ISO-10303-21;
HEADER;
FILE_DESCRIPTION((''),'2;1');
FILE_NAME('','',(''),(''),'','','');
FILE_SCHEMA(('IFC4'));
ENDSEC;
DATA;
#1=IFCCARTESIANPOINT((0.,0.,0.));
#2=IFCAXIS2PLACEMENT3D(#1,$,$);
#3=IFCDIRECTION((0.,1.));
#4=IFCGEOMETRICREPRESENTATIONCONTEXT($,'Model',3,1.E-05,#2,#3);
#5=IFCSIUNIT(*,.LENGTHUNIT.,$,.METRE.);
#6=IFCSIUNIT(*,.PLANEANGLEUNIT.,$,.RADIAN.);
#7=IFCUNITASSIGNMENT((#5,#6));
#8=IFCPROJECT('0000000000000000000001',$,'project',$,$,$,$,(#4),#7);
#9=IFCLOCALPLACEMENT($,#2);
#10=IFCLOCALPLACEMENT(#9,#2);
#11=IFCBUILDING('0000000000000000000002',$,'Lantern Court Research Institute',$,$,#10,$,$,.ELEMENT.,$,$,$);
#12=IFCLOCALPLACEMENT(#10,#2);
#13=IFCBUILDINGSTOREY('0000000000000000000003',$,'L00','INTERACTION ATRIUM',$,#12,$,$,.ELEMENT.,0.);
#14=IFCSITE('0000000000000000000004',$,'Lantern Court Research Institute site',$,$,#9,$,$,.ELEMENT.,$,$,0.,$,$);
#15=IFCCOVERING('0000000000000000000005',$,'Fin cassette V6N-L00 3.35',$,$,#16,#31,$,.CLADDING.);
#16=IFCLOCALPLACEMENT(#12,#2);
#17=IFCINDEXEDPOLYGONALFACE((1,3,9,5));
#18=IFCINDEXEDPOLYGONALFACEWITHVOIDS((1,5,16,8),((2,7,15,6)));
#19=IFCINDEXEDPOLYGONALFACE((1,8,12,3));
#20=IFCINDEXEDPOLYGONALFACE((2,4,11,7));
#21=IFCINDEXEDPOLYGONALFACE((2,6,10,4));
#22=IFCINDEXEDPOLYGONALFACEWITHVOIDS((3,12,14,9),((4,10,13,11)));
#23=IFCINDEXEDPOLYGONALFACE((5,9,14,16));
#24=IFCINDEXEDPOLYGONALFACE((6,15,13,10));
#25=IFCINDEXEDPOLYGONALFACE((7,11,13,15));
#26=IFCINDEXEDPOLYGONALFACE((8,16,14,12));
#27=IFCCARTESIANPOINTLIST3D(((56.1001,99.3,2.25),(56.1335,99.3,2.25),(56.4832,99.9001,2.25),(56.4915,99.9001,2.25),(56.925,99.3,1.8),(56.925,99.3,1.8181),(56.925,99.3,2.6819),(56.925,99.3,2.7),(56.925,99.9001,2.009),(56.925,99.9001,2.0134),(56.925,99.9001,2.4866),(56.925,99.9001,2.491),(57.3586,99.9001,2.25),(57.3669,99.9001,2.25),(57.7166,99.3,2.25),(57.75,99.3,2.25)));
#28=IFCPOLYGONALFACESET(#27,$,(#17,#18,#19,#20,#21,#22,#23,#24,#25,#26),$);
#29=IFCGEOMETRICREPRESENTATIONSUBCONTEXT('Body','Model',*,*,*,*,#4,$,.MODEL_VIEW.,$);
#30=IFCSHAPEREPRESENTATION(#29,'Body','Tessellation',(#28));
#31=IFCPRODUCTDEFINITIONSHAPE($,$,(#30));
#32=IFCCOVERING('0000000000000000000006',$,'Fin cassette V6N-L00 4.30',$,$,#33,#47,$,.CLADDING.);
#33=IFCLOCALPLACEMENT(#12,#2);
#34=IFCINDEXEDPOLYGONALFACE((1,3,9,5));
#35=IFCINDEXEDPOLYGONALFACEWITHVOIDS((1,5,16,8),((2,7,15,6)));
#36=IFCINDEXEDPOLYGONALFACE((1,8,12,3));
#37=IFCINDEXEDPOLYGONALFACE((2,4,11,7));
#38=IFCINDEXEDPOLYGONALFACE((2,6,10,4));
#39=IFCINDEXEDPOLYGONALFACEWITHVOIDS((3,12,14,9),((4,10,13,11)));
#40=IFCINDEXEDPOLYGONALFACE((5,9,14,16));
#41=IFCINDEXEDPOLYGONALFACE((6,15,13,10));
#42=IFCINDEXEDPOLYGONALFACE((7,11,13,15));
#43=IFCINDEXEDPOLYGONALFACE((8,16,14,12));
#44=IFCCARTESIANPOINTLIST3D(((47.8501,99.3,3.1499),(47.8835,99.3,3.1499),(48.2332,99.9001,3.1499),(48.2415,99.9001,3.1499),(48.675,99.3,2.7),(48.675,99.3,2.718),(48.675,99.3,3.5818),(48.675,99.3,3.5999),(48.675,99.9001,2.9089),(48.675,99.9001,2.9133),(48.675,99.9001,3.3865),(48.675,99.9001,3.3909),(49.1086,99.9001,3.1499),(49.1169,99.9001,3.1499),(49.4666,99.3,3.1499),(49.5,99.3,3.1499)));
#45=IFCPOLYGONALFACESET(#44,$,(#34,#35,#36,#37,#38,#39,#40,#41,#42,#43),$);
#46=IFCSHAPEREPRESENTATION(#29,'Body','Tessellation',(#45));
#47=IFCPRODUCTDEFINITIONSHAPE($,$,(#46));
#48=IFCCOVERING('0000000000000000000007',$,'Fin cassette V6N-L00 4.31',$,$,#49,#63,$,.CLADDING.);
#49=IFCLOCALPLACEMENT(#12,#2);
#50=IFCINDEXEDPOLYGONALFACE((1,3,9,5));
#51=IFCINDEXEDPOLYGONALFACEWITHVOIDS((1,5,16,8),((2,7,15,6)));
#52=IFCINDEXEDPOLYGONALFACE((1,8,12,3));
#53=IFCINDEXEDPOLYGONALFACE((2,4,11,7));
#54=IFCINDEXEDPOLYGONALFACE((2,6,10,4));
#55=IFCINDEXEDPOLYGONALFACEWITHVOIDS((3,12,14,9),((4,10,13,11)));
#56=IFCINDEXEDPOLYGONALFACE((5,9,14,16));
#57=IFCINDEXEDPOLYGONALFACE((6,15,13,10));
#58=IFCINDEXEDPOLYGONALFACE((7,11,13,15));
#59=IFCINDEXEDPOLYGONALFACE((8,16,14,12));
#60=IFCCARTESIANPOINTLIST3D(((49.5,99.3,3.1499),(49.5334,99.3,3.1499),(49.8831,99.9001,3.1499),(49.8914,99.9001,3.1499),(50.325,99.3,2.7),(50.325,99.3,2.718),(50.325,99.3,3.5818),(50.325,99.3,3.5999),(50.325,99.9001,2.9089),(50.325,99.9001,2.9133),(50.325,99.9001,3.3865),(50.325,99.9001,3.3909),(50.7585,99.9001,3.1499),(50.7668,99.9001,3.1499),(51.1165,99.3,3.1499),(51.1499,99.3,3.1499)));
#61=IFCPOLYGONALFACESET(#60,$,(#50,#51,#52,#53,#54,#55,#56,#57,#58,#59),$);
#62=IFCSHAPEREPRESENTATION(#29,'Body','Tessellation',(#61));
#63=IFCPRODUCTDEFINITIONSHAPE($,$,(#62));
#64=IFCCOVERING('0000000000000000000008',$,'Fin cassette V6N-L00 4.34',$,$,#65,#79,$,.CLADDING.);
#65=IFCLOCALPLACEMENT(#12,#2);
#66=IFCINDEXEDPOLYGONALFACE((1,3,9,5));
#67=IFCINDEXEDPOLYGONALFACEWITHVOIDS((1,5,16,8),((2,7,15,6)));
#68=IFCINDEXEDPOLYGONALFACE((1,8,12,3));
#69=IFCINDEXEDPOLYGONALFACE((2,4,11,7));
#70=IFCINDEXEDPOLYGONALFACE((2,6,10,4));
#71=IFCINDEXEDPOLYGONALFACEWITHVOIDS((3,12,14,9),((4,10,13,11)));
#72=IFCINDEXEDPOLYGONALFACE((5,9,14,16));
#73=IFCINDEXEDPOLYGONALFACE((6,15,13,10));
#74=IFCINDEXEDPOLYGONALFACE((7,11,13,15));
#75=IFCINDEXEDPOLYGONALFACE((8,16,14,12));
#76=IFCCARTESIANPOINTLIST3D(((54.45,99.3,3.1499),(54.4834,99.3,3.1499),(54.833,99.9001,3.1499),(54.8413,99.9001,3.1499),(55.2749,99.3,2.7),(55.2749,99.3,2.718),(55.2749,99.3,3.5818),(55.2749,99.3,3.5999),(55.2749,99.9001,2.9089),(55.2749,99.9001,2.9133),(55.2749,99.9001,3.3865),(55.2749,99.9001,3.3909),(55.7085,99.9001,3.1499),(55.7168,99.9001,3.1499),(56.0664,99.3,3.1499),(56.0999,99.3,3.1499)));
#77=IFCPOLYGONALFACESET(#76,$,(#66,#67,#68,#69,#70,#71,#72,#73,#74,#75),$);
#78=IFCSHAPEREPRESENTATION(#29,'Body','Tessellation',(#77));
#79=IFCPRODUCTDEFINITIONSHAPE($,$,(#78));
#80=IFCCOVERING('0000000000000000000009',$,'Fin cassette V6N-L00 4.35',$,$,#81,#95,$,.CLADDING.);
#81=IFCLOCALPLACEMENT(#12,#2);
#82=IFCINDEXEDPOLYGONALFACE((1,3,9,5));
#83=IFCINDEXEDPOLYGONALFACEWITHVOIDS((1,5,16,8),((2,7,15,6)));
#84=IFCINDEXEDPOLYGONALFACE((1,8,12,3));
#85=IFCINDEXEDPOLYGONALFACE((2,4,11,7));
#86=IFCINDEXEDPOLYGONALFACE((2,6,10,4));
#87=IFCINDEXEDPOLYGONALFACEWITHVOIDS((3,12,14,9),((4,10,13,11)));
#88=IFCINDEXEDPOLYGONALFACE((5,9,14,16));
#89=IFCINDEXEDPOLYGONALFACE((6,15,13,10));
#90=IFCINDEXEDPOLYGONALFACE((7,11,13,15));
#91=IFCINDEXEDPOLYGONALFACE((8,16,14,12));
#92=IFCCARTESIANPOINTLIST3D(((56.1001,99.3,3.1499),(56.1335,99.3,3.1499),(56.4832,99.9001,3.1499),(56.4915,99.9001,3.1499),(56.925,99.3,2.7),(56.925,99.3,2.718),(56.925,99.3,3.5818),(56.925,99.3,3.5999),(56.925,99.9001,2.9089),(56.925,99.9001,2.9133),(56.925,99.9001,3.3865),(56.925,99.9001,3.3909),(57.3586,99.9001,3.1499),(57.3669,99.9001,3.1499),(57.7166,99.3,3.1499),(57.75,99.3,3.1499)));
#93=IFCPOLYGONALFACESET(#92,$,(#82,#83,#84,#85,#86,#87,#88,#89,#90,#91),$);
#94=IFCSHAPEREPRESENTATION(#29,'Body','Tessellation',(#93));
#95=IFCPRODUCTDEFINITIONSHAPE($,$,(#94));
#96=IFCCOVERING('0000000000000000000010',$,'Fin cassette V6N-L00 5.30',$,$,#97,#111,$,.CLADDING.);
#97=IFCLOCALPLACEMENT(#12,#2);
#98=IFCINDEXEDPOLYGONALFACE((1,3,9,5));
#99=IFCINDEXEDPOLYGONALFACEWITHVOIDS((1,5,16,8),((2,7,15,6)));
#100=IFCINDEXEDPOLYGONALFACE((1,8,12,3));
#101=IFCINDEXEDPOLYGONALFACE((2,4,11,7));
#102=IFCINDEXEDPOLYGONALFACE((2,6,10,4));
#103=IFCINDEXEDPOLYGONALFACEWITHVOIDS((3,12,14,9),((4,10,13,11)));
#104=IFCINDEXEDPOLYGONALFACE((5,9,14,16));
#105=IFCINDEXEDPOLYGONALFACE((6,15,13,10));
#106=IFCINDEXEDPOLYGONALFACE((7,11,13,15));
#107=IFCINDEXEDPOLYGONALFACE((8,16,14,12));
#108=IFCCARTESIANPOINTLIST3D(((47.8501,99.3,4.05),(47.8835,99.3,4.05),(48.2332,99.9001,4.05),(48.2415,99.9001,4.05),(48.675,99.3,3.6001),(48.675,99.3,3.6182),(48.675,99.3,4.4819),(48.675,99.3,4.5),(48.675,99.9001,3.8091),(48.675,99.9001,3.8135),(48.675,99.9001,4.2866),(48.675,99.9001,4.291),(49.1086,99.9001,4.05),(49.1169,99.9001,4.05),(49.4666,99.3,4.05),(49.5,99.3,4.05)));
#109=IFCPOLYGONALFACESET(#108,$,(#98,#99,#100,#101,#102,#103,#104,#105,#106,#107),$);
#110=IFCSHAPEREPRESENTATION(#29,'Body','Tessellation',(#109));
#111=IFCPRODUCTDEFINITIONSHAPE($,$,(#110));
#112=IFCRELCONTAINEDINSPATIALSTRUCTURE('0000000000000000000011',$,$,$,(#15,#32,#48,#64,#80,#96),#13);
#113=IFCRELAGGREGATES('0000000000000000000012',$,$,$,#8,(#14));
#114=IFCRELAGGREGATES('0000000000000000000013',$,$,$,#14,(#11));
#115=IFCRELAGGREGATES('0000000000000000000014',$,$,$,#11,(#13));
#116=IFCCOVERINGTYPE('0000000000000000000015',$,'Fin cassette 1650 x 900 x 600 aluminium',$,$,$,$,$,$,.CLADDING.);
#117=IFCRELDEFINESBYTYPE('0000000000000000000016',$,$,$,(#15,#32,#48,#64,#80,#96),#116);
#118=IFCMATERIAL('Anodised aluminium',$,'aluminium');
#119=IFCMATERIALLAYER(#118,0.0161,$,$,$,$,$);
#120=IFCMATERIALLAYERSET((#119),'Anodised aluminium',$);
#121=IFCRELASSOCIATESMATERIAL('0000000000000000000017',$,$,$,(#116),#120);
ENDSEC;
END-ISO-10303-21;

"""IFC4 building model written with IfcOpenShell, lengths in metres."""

from ifc_helpers import new_model, entity, si_unit, direction, frame, origin, place, context, subcontext, project, spatial, material, layer, layer_set, type_object, element, save


model = new_model("IFC4")

# Units and contexts
model_context = context("Model", 3, precision=1e-05, world=origin(), true_north=direction((0.0, 1.0)))
body_context = subcontext(model_context, "Body", "Model", "MODEL_VIEW")
ifc_project = project(units=[si_unit("LENGTHUNIT", "METRE"), si_unit("PLANEANGLEUNIT", "RADIAN")], contexts=[model_context])

# Site, building, storey
site_placement = place(None, origin())
site = spatial("IfcSite", under=ifc_project, at=site_placement, Name="Lantern Court Research Institute site", CompositionType="ELEMENT", RefElevation=0.0)
building_placement = place(site_placement, origin())
building = spatial("IfcBuilding", under=site, at=building_placement, Name="Lantern Court Research Institute", CompositionType="ELEMENT")
storey_placement = place(building_placement, origin())
storey = spatial("IfcBuildingStorey", under=building, at=storey_placement, Name="L00", Description="INTERACTION ATRIUM", CompositionType="ELEMENT", Elevation=0.0)

# Coverings
ifc_material_1 = material(Name="Anodised aluminium", Category="aluminium")
ifc_layer_1 = layer(ifc_material_1, 0.0161)
ifc_layer_set_1 = layer_set([ifc_layer_1], Name="Anodised aluminium")
covering_type_1 = type_object("IfcCoveringType", Name="Fin cassette 1650 x 900 x 600 aluminium", PredefinedType="CLADDING", material=ifc_layer_set_1)
covering_1_placement = place(storey_placement, frame((56.925, 99.3, 2.25), z_axis=(0.0, 1.0, 0.0), x_axis=(-1.0, 0.0, 0.0)))
cartesian_point_1 = entity("IfcCartesianPoint", [0.825, 0.0])
cartesian_point_2 = entity("IfcCartesianPoint", [0.7915, 0.0])
cartesian_point_3 = entity("IfcCartesianPoint", [0.4419, 0.0])
cartesian_point_4 = entity("IfcCartesianPoint", [0.4336, 0.0])
element("IfcCovering", 1, at=covering_1_placement, inside=storey, type_object=covering_type_1, Name="Fin cassette V6N-L00 3.35", PredefinedType="CLADDING", context=body_context, shape_type="SweptSolid", body=[
    entity("IfcExtrudedAreaSolidTapered", entity("IfcArbitraryProfileDefWithVoids", "AREA", None, entity("IfcPolyline", [cartesian_point_1, entity("IfcCartesianPoint", [0.0, 0.45]), entity("IfcCartesianPoint", [-0.825, 0.0]), entity("IfcCartesianPoint", [0.0, -0.45]), cartesian_point_1]), [entity("IfcPolyline", [cartesian_point_2, entity("IfcCartesianPoint", [0.0, 0.4319]), entity("IfcCartesianPoint", [-0.7915, 0.0]), entity("IfcCartesianPoint", [0.0, -0.4319]), cartesian_point_2])]), entity("IfcAxis2Placement3D", entity("IfcCartesianPoint", [0.0, 0.0, 0.0])), entity("IfcDirection", [0.0, 0.0, 1.0]), 0.6001, entity("IfcArbitraryProfileDefWithVoids", "AREA", None, entity("IfcPolyline", [cartesian_point_3, entity("IfcCartesianPoint", [0.0, 0.241]), entity("IfcCartesianPoint", [-0.4419, 0.0]), entity("IfcCartesianPoint", [0.0, -0.241]), cartesian_point_3]), [entity("IfcPolyline", [cartesian_point_4, entity("IfcCartesianPoint", [0.0, 0.2366]), entity("IfcCartesianPoint", [-0.4336, 0.0]), entity("IfcCartesianPoint", [0.0, -0.2366]), cartesian_point_4])])),
])
covering_2_placement = place(storey_placement, frame((48.675, 99.3, 3.1499), z_axis=(0.0, 1.0, 0.0), x_axis=(-1.0, 0.0, 0.0)))
cartesian_point_5 = entity("IfcCartesianPoint", [0.825, 0.0])
cartesian_point_6 = entity("IfcCartesianPoint", [0.7915, 0.0])
cartesian_point_7 = entity("IfcCartesianPoint", [0.4419, 0.0])
cartesian_point_8 = entity("IfcCartesianPoint", [0.4336, 0.0])
element("IfcCovering", 2, at=covering_2_placement, inside=storey, type_object=covering_type_1, Name="Fin cassette V6N-L00 4.30", PredefinedType="CLADDING", context=body_context, shape_type="SweptSolid", body=[
    entity("IfcExtrudedAreaSolidTapered", entity("IfcArbitraryProfileDefWithVoids", "AREA", None, entity("IfcPolyline", [cartesian_point_5, entity("IfcCartesianPoint", [0.0, 0.45]), entity("IfcCartesianPoint", [-0.825, 0.0]), entity("IfcCartesianPoint", [0.0, -0.45]), cartesian_point_5]), [entity("IfcPolyline", [cartesian_point_6, entity("IfcCartesianPoint", [0.0, 0.4319]), entity("IfcCartesianPoint", [-0.7915, 0.0]), entity("IfcCartesianPoint", [0.0, -0.4319]), cartesian_point_6])]), entity("IfcAxis2Placement3D", entity("IfcCartesianPoint", [0.0, 0.0, 0.0])), entity("IfcDirection", [0.0, 0.0, 1.0]), 0.6001, entity("IfcArbitraryProfileDefWithVoids", "AREA", None, entity("IfcPolyline", [cartesian_point_7, entity("IfcCartesianPoint", [0.0, 0.241]), entity("IfcCartesianPoint", [-0.4419, 0.0]), entity("IfcCartesianPoint", [0.0, -0.241]), cartesian_point_7]), [entity("IfcPolyline", [cartesian_point_8, entity("IfcCartesianPoint", [0.0, 0.2366]), entity("IfcCartesianPoint", [-0.4336, 0.0]), entity("IfcCartesianPoint", [0.0, -0.2366]), cartesian_point_8])])),
])
covering_3_placement = place(storey_placement, frame((50.325, 99.3, 3.1499), z_axis=(0.0, 1.0, 0.0), x_axis=(-1.0, 0.0, 0.0)))
cartesian_point_9 = entity("IfcCartesianPoint", [0.825, 0.0])
cartesian_point_10 = entity("IfcCartesianPoint", [0.7915, 0.0])
cartesian_point_11 = entity("IfcCartesianPoint", [0.4419, 0.0])
cartesian_point_12 = entity("IfcCartesianPoint", [0.4336, 0.0])
element("IfcCovering", 3, at=covering_3_placement, inside=storey, type_object=covering_type_1, Name="Fin cassette V6N-L00 4.31", PredefinedType="CLADDING", context=body_context, shape_type="SweptSolid", body=[
    entity("IfcExtrudedAreaSolidTapered", entity("IfcArbitraryProfileDefWithVoids", "AREA", None, entity("IfcPolyline", [cartesian_point_9, entity("IfcCartesianPoint", [0.0, 0.45]), entity("IfcCartesianPoint", [-0.825, 0.0]), entity("IfcCartesianPoint", [0.0, -0.45]), cartesian_point_9]), [entity("IfcPolyline", [cartesian_point_10, entity("IfcCartesianPoint", [0.0, 0.4319]), entity("IfcCartesianPoint", [-0.7915, 0.0]), entity("IfcCartesianPoint", [0.0, -0.4319]), cartesian_point_10])]), entity("IfcAxis2Placement3D", entity("IfcCartesianPoint", [0.0, 0.0, 0.0])), entity("IfcDirection", [0.0, 0.0, 1.0]), 0.6001, entity("IfcArbitraryProfileDefWithVoids", "AREA", None, entity("IfcPolyline", [cartesian_point_11, entity("IfcCartesianPoint", [0.0, 0.241]), entity("IfcCartesianPoint", [-0.4419, 0.0]), entity("IfcCartesianPoint", [0.0, -0.241]), cartesian_point_11]), [entity("IfcPolyline", [cartesian_point_12, entity("IfcCartesianPoint", [0.0, 0.2366]), entity("IfcCartesianPoint", [-0.4336, 0.0]), entity("IfcCartesianPoint", [0.0, -0.2366]), cartesian_point_12])])),
])
covering_4_placement = place(storey_placement, frame((55.2749, 99.3, 3.1499), z_axis=(0.0, 1.0, 0.0), x_axis=(-1.0, 0.0, 0.0)))
cartesian_point_13 = entity("IfcCartesianPoint", [0.825, 0.0])
cartesian_point_14 = entity("IfcCartesianPoint", [0.7915, 0.0])
cartesian_point_15 = entity("IfcCartesianPoint", [0.4419, 0.0])
cartesian_point_16 = entity("IfcCartesianPoint", [0.4336, 0.0])
element("IfcCovering", 4, at=covering_4_placement, inside=storey, type_object=covering_type_1, Name="Fin cassette V6N-L00 4.34", PredefinedType="CLADDING", context=body_context, shape_type="SweptSolid", body=[
    entity("IfcExtrudedAreaSolidTapered", entity("IfcArbitraryProfileDefWithVoids", "AREA", None, entity("IfcPolyline", [cartesian_point_13, entity("IfcCartesianPoint", [0.0, 0.45]), entity("IfcCartesianPoint", [-0.825, 0.0]), entity("IfcCartesianPoint", [0.0, -0.45]), cartesian_point_13]), [entity("IfcPolyline", [cartesian_point_14, entity("IfcCartesianPoint", [0.0, 0.4319]), entity("IfcCartesianPoint", [-0.7915, 0.0]), entity("IfcCartesianPoint", [0.0, -0.4319]), cartesian_point_14])]), entity("IfcAxis2Placement3D", entity("IfcCartesianPoint", [0.0, 0.0, 0.0])), entity("IfcDirection", [0.0, 0.0, 1.0]), 0.6001, entity("IfcArbitraryProfileDefWithVoids", "AREA", None, entity("IfcPolyline", [cartesian_point_15, entity("IfcCartesianPoint", [0.0, 0.241]), entity("IfcCartesianPoint", [-0.4419, 0.0]), entity("IfcCartesianPoint", [0.0, -0.241]), cartesian_point_15]), [entity("IfcPolyline", [cartesian_point_16, entity("IfcCartesianPoint", [0.0, 0.2366]), entity("IfcCartesianPoint", [-0.4336, 0.0]), entity("IfcCartesianPoint", [0.0, -0.2366]), cartesian_point_16])])),
])
covering_5_placement = place(storey_placement, frame((56.925, 99.3, 3.1499), z_axis=(0.0, 1.0, 0.0), x_axis=(-1.0, 0.0, 0.0)))
cartesian_point_17 = entity("IfcCartesianPoint", [0.825, 0.0])
cartesian_point_18 = entity("IfcCartesianPoint", [0.7915, 0.0])
cartesian_point_19 = entity("IfcCartesianPoint", [0.4419, 0.0])
cartesian_point_20 = entity("IfcCartesianPoint", [0.4336, 0.0])
element("IfcCovering", 5, at=covering_5_placement, inside=storey, type_object=covering_type_1, Name="Fin cassette V6N-L00 4.35", PredefinedType="CLADDING", context=body_context, shape_type="SweptSolid", body=[
    entity("IfcExtrudedAreaSolidTapered", entity("IfcArbitraryProfileDefWithVoids", "AREA", None, entity("IfcPolyline", [cartesian_point_17, entity("IfcCartesianPoint", [0.0, 0.45]), entity("IfcCartesianPoint", [-0.825, 0.0]), entity("IfcCartesianPoint", [0.0, -0.45]), cartesian_point_17]), [entity("IfcPolyline", [cartesian_point_18, entity("IfcCartesianPoint", [0.0, 0.4319]), entity("IfcCartesianPoint", [-0.7915, 0.0]), entity("IfcCartesianPoint", [0.0, -0.4319]), cartesian_point_18])]), entity("IfcAxis2Placement3D", entity("IfcCartesianPoint", [0.0, 0.0, 0.0])), entity("IfcDirection", [0.0, 0.0, 1.0]), 0.6001, entity("IfcArbitraryProfileDefWithVoids", "AREA", None, entity("IfcPolyline", [cartesian_point_19, entity("IfcCartesianPoint", [0.0, 0.241]), entity("IfcCartesianPoint", [-0.4419, 0.0]), entity("IfcCartesianPoint", [0.0, -0.241]), cartesian_point_19]), [entity("IfcPolyline", [cartesian_point_20, entity("IfcCartesianPoint", [0.0, 0.2366]), entity("IfcCartesianPoint", [-0.4336, 0.0]), entity("IfcCartesianPoint", [0.0, -0.2366]), cartesian_point_20])])),
])
covering_6_placement = place(storey_placement, frame((48.675, 99.3, 4.05), z_axis=(0.0, 1.0, 0.0), x_axis=(-1.0, 0.0, 0.0)))
cartesian_point_21 = entity("IfcCartesianPoint", [0.825, 0.0])
cartesian_point_22 = entity("IfcCartesianPoint", [0.7915, 0.0])
cartesian_point_23 = entity("IfcCartesianPoint", [0.4419, 0.0])
cartesian_point_24 = entity("IfcCartesianPoint", [0.4336, 0.0])
element("IfcCovering", 6, at=covering_6_placement, inside=storey, type_object=covering_type_1, Name="Fin cassette V6N-L00 5.30", PredefinedType="CLADDING", context=body_context, shape_type="SweptSolid", body=[
    entity("IfcExtrudedAreaSolidTapered", entity("IfcArbitraryProfileDefWithVoids", "AREA", None, entity("IfcPolyline", [cartesian_point_21, entity("IfcCartesianPoint", [0.0, 0.45]), entity("IfcCartesianPoint", [-0.825, 0.0]), entity("IfcCartesianPoint", [0.0, -0.45]), cartesian_point_21]), [entity("IfcPolyline", [cartesian_point_22, entity("IfcCartesianPoint", [0.0, 0.4319]), entity("IfcCartesianPoint", [-0.7915, 0.0]), entity("IfcCartesianPoint", [0.0, -0.4319]), cartesian_point_22])]), entity("IfcAxis2Placement3D", entity("IfcCartesianPoint", [0.0, 0.0, 0.0])), entity("IfcDirection", [0.0, 0.0, 1.0]), 0.6001, entity("IfcArbitraryProfileDefWithVoids", "AREA", None, entity("IfcPolyline", [cartesian_point_23, entity("IfcCartesianPoint", [0.0, 0.241]), entity("IfcCartesianPoint", [-0.4419, 0.0]), entity("IfcCartesianPoint", [0.0, -0.241]), cartesian_point_23]), [entity("IfcPolyline", [cartesian_point_24, entity("IfcCartesianPoint", [0.0, 0.2366]), entity("IfcCartesianPoint", [-0.4336, 0.0]), entity("IfcCartesianPoint", [0.0, -0.2366]), cartesian_point_24])])),
])

save(model, "model.ifc")
